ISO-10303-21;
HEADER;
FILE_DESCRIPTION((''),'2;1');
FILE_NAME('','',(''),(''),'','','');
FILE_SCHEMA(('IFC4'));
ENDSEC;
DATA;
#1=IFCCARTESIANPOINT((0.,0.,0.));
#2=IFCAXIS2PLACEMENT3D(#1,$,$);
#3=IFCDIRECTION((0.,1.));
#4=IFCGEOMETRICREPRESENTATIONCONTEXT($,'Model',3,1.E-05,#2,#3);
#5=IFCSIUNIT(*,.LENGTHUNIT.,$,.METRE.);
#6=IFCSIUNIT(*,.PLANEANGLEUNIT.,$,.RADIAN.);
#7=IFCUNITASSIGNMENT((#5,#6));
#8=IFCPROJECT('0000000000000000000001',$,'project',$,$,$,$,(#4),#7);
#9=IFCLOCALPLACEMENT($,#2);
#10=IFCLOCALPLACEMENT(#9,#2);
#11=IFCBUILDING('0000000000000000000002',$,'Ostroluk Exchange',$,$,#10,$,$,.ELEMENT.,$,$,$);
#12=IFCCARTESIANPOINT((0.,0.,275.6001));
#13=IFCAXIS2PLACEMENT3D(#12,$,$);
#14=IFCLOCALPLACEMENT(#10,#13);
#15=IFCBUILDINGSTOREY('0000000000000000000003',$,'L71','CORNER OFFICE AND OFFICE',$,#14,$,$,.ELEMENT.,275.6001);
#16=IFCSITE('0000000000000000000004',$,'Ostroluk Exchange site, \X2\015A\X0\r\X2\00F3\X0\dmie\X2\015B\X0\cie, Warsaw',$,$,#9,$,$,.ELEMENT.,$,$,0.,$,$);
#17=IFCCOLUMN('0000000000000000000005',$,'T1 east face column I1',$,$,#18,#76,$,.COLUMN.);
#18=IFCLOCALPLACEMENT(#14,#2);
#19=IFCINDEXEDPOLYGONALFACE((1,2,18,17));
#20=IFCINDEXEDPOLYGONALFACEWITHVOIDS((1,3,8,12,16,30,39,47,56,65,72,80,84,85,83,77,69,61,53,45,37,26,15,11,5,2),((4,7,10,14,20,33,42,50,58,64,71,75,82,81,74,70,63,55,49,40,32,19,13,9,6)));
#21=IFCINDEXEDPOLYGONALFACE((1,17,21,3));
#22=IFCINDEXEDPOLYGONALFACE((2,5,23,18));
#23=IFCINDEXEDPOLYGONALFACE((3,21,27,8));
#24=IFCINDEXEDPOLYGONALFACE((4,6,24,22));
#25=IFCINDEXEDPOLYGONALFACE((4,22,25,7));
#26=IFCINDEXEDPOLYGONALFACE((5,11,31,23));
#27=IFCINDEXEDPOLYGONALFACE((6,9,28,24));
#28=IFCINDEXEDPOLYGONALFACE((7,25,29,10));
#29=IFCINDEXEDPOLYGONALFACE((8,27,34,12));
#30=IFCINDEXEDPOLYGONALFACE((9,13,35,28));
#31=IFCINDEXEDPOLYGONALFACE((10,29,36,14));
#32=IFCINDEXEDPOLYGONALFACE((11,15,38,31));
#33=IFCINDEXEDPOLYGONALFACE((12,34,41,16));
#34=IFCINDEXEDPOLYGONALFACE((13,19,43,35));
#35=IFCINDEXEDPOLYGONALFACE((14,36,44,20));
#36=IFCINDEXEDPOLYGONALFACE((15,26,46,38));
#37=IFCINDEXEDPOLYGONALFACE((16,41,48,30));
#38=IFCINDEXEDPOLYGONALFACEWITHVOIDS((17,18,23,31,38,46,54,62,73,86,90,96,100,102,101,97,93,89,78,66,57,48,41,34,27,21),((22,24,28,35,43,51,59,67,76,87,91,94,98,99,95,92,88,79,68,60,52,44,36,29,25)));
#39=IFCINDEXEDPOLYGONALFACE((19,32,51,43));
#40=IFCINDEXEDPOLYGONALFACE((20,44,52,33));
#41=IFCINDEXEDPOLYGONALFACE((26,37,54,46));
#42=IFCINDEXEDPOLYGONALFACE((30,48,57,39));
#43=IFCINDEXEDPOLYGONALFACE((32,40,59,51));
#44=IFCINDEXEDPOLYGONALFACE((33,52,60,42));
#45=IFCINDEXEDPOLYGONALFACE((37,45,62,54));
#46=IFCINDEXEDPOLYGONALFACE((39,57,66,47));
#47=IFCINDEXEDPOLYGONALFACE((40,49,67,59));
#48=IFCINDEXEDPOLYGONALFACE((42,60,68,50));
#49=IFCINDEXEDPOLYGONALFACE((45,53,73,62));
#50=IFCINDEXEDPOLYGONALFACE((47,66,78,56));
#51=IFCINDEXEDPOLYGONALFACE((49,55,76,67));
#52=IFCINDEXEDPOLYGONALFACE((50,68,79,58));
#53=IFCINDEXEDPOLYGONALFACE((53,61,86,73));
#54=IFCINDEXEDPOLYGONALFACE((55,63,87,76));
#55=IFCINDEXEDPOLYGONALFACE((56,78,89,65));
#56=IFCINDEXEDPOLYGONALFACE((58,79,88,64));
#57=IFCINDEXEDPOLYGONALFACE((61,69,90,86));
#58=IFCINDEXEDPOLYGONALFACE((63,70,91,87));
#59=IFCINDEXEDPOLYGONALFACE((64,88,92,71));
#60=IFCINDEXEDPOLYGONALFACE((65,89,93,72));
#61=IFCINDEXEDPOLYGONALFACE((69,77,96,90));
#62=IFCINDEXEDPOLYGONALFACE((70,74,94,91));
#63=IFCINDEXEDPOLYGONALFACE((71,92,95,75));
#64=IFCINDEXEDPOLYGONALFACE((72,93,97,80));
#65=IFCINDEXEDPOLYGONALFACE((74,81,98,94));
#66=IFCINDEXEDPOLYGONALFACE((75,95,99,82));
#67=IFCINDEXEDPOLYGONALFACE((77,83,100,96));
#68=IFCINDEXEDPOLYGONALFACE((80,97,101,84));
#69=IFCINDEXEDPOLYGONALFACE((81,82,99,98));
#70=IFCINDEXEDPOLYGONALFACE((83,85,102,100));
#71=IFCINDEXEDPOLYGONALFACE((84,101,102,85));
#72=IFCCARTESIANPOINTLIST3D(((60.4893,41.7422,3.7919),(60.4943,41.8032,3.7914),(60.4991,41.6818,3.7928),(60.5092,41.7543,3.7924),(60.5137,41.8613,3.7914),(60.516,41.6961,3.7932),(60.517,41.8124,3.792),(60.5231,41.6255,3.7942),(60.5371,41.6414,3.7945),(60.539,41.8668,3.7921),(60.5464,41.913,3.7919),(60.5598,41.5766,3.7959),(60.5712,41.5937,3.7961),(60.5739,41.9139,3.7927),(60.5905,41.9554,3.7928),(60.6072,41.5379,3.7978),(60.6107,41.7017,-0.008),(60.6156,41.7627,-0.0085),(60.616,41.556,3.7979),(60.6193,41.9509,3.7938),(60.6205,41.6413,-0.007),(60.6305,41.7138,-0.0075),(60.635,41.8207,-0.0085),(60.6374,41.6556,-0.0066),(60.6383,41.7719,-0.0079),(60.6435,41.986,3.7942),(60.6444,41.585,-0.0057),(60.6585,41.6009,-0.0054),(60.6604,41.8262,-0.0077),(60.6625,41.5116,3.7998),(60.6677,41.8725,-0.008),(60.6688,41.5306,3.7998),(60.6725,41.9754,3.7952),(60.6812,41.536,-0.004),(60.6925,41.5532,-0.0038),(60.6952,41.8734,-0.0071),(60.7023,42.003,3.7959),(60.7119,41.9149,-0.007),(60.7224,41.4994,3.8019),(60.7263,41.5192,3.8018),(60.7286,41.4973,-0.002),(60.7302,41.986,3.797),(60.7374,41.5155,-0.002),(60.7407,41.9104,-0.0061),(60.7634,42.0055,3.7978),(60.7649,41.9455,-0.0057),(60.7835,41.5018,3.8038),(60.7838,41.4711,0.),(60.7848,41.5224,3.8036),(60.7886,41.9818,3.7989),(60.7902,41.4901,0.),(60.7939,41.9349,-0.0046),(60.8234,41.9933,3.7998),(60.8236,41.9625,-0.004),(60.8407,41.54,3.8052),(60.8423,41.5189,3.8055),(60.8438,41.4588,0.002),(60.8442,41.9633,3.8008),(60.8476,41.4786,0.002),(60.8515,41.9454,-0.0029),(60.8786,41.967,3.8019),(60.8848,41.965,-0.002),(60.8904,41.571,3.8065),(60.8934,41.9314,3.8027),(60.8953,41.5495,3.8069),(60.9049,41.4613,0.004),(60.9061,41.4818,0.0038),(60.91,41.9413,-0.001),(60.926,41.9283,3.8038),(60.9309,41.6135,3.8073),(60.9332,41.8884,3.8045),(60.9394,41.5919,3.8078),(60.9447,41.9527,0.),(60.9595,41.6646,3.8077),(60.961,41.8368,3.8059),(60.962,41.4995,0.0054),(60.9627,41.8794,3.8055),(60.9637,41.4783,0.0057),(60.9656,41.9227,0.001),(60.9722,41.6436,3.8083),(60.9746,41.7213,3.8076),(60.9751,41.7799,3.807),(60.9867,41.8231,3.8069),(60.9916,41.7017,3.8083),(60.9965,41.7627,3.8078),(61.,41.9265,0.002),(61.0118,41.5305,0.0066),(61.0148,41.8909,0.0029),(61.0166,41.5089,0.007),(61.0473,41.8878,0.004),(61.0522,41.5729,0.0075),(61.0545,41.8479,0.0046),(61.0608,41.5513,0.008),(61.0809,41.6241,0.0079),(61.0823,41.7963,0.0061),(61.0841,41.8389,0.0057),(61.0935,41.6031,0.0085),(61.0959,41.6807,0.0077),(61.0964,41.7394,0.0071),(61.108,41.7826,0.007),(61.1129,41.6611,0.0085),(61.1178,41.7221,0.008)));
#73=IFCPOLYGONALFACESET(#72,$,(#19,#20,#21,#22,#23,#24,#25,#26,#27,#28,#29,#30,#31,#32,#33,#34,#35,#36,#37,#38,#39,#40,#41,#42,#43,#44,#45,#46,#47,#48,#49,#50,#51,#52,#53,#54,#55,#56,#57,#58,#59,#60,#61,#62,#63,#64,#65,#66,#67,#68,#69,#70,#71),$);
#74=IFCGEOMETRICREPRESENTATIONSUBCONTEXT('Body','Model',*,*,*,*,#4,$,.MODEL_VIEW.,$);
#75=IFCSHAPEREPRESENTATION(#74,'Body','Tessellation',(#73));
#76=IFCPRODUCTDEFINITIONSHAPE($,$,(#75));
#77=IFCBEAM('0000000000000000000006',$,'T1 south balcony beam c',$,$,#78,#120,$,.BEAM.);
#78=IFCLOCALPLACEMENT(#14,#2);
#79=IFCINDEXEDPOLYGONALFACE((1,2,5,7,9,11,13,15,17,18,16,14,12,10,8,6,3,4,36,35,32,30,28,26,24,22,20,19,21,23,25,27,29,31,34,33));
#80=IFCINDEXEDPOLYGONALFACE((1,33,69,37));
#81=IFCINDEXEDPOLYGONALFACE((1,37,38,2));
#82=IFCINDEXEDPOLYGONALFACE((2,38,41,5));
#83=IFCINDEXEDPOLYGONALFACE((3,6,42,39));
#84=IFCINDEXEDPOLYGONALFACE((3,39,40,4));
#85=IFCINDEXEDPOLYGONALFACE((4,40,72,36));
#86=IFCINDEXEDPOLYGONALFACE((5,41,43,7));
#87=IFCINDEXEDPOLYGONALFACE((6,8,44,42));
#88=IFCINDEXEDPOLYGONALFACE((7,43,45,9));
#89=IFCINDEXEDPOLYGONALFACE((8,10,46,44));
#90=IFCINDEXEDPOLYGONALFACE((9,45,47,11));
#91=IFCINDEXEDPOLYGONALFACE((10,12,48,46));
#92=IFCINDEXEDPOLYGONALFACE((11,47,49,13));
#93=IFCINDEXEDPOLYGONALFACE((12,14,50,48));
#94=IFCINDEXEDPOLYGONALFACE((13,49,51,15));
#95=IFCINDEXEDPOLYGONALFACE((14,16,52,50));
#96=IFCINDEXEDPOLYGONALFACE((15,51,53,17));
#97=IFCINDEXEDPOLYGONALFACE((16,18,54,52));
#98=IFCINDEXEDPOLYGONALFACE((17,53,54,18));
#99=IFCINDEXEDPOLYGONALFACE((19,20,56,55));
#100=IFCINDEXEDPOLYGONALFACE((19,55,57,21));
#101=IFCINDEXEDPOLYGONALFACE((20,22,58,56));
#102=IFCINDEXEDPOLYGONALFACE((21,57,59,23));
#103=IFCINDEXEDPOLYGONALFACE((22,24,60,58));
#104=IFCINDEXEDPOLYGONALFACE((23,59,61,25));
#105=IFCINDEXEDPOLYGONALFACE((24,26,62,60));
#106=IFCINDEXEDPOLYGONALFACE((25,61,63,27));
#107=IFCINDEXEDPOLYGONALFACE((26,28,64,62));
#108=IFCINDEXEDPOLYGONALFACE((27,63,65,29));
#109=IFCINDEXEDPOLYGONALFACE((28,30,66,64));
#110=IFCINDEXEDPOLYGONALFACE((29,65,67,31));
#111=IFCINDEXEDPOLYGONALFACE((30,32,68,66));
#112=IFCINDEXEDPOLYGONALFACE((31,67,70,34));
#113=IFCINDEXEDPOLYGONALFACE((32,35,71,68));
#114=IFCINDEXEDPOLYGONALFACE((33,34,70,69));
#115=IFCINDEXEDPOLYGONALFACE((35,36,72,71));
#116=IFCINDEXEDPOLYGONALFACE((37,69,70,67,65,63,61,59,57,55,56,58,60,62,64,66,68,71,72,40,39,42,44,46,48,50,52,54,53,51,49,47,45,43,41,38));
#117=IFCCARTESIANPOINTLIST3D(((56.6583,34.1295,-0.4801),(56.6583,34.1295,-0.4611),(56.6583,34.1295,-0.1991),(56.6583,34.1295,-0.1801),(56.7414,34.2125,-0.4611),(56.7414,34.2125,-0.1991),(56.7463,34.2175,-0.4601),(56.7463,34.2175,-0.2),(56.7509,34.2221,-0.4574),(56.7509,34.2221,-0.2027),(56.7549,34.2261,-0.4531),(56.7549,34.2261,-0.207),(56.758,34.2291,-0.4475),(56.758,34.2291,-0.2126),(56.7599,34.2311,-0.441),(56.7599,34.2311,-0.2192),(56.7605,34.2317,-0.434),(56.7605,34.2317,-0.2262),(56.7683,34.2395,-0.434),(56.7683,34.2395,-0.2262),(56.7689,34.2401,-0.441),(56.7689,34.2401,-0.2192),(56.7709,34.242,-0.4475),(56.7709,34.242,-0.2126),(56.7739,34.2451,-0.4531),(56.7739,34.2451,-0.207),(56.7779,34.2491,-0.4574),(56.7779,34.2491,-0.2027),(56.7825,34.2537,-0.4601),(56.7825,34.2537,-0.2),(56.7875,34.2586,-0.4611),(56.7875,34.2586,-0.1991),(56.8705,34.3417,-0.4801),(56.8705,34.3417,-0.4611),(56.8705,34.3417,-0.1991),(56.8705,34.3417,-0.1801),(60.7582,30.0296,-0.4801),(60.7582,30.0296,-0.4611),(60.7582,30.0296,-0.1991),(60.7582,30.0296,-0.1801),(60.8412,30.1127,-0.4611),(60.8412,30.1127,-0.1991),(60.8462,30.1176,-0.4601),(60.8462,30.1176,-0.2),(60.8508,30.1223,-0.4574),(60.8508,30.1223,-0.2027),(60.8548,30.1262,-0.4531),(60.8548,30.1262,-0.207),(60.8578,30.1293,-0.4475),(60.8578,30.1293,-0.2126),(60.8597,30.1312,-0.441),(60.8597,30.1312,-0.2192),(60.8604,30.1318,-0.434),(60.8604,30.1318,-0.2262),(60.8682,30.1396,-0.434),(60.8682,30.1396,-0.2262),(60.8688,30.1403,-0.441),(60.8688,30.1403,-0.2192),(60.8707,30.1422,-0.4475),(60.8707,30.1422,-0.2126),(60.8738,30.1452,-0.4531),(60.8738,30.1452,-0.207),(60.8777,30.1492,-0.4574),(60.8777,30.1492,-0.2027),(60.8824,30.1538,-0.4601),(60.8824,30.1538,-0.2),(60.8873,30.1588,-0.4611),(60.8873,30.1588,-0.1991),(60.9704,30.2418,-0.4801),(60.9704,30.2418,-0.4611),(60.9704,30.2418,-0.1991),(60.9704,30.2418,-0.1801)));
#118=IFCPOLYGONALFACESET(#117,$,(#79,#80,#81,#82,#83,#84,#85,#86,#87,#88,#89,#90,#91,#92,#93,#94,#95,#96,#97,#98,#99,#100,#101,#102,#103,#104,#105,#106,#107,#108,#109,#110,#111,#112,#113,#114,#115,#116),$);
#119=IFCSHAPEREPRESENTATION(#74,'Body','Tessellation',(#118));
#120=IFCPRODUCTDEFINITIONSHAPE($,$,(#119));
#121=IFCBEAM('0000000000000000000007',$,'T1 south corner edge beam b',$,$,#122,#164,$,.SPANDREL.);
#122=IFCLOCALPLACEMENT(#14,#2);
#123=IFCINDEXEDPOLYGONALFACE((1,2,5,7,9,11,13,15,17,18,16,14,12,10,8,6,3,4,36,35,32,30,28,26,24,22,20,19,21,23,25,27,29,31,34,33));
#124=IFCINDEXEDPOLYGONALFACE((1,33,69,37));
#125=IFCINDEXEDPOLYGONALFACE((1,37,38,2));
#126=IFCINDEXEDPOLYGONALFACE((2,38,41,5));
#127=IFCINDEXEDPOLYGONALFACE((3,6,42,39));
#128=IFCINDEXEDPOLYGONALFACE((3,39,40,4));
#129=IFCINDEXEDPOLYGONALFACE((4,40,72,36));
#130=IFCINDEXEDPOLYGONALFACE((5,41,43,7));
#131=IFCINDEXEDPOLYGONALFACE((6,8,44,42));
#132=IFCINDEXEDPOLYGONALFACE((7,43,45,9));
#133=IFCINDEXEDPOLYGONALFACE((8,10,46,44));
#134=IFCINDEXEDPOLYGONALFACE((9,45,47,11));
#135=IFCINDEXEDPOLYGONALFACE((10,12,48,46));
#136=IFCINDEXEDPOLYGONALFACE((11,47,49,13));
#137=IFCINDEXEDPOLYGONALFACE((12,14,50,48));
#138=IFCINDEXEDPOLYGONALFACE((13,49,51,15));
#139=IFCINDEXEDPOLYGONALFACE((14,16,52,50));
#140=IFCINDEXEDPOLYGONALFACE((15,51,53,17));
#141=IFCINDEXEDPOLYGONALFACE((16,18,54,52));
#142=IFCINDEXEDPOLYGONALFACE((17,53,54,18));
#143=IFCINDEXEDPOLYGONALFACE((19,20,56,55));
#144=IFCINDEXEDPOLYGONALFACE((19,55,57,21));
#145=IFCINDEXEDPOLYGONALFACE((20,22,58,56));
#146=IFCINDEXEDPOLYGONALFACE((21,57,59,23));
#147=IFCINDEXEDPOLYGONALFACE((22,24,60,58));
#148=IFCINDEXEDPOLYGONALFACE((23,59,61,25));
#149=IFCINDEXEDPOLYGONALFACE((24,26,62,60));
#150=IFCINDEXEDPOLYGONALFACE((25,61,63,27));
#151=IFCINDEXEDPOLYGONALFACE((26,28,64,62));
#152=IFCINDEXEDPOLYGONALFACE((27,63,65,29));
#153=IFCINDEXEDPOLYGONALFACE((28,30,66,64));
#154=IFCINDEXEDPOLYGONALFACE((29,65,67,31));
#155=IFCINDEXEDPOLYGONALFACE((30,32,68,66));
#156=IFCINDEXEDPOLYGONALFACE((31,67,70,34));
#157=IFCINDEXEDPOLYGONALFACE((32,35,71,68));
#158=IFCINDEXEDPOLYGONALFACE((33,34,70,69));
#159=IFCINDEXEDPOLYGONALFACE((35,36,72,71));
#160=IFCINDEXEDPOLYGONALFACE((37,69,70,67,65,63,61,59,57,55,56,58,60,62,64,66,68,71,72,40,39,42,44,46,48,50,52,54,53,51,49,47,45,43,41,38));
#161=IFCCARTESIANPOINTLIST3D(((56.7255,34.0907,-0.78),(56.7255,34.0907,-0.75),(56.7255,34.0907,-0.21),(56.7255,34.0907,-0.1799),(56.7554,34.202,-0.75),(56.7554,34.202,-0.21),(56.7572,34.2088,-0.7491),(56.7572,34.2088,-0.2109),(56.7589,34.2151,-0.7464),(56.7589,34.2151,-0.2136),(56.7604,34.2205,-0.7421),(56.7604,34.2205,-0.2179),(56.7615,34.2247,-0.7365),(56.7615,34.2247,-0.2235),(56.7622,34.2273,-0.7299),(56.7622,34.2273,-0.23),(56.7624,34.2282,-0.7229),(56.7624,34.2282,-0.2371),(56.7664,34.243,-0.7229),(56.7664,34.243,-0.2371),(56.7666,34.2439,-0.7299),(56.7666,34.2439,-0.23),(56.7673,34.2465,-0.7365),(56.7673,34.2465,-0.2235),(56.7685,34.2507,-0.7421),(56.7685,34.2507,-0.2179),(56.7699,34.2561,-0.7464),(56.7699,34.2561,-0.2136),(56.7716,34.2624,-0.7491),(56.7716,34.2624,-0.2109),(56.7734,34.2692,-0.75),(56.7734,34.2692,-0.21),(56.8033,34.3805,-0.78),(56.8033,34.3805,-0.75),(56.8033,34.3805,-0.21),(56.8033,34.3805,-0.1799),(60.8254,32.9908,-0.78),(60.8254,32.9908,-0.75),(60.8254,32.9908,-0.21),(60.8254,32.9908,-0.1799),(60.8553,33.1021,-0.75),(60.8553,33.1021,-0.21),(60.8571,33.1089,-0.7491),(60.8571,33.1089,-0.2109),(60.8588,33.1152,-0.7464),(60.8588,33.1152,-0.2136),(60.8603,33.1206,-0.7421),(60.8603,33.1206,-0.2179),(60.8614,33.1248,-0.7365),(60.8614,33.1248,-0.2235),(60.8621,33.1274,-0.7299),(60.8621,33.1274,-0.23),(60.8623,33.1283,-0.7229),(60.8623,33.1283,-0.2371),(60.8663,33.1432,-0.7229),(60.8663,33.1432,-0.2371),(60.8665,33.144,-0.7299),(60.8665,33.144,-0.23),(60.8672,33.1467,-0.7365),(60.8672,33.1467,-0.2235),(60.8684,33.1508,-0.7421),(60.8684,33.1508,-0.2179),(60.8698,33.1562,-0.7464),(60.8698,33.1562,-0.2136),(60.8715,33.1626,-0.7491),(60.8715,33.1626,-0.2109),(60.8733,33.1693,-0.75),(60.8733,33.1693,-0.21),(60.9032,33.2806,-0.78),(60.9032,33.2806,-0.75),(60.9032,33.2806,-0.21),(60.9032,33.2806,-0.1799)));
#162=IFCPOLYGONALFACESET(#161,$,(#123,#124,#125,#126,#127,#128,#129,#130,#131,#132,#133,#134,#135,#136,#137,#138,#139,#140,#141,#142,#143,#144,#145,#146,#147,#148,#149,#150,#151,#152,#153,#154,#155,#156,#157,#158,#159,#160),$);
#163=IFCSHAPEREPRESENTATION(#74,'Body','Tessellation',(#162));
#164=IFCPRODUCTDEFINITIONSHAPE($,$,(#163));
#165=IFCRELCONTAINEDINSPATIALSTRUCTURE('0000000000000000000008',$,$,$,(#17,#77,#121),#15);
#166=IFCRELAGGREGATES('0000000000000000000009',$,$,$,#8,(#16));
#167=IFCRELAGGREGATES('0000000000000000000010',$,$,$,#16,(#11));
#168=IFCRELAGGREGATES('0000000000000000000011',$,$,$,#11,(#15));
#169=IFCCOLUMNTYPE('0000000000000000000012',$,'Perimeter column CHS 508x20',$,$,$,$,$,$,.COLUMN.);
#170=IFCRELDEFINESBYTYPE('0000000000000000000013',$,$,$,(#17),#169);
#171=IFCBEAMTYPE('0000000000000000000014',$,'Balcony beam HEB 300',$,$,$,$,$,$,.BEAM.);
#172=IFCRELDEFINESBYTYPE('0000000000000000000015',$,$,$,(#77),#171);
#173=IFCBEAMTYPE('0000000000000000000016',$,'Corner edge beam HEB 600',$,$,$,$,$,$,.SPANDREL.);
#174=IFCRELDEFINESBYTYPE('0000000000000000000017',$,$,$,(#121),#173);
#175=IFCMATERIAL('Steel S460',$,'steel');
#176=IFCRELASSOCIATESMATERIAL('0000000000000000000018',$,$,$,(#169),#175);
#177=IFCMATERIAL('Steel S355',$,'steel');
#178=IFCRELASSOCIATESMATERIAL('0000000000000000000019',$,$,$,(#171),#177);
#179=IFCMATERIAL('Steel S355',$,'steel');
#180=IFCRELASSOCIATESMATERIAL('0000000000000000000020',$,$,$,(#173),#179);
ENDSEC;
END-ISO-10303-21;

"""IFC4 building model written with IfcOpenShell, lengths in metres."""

from ifc_helpers import new_model, si_unit, direction, frame, origin, origin_2d, place, context, subcontext, project, spatial, hollow_circle, i_section, extrude, material, material_profile, profile_set, type_object, element, save


model = new_model("IFC4")

# Units and contexts
model_context = context("Model", 3, precision=1e-05, world=origin(), true_north=direction((0.0, 1.0)))
body_context = subcontext(model_context, "Body", "Model", "MODEL_VIEW")
ifc_project = project(units=[si_unit("LENGTHUNIT", "METRE"), si_unit("PLANEANGLEUNIT", "RADIAN")], contexts=[model_context])

# Site, building, storey
site_placement = place(None, origin())
site = spatial("IfcSite", under=ifc_project, at=site_placement, Name="Ostroluk Exchange site, Śródmieście, Warsaw", CompositionType="ELEMENT", RefElevation=0.0)
building_placement = place(site_placement, origin())
building = spatial("IfcBuilding", under=site, at=building_placement, Name="Ostroluk Exchange", CompositionType="ELEMENT")
storey_placement = place(building_placement, frame((0.0, 0.0, 275.6001)))
storey = spatial("IfcBuildingStorey", under=building, at=storey_placement, Name="L71", Description="CORNER OFFICE AND OFFICE", CompositionType="ELEMENT", Elevation=275.6001)

# Column
ifc_material_1 = material(Name="Steel S460", Category="steel")
ifc_material_profile_1 = material_profile(ifc_material_1, hollow_circle(Radius=0.2539, WallThickness=0.02, at=origin_2d()), Name="CHS 508x20")
ifc_profile_set_1 = profile_set([ifc_material_profile_1], Name="Steel S460")
column_type = type_object("IfcColumnType", Name="Perimeter column CHS 508x20", PredefinedType="COLUMN", material=ifc_profile_set_1)
column_placement = place(storey_placement, frame((60.8643, 41.7119, 0.0), z_axis=(-0.031915, 0.01066, 0.999434), x_axis=(-0.3168, -0.948492, 0.0)))
element("IfcColumn", 1, at=column_placement, inside=storey, type_object=column_type, Name="T1 east face column I1", PredefinedType="COLUMN", context=body_context, shape_type="SweptSolid", body=[
    extrude(hollow_circle(Radius=0.2539, WallThickness=0.02, at=origin_2d()), origin(), (0.0, 0.0, 1.0), 3.802),
])

# Beams
ifc_material_2 = material(Name="Steel S355", Category="steel")
ifc_material_profile_2 = material_profile(ifc_material_2, i_section(OverallWidth=0.3, OverallDepth=0.3, WebThickness=0.011, FlangeThickness=0.019, FilletRadius=0.0271, at=origin_2d()), Name="HEB 300")
ifc_profile_set_2 = profile_set([ifc_material_profile_2], Name="Steel S355")
beam_type_1 = type_object("IfcBeamType", Name="Balcony beam HEB 300", PredefinedType="BEAM", material=ifc_profile_set_2)
beam_1_placement = place(storey_placement, frame((56.7644, 34.2356, -0.3301), z_axis=(0.707107, -0.707107, 0.0), x_axis=(0.707107, 0.707107, 0.0)))
element("IfcBeam", 2, at=beam_1_placement, inside=storey, type_object=beam_type_1, Name="T1 south balcony beam c", PredefinedType="BEAM", context=body_context, shape_type="SweptSolid", body=[
    extrude(i_section(OverallWidth=0.3, OverallDepth=0.3, WebThickness=0.011, FlangeThickness=0.019, FilletRadius=0.0271, at=origin_2d()), origin(), (0.0, 0.0, 1.0), 5.7981),
])
ifc_material_3 = material(Name="Steel S355", Category="steel")
ifc_material_profile_3 = material_profile(ifc_material_3, i_section(OverallWidth=0.3, OverallDepth=0.6001, WebThickness=0.0154, FlangeThickness=0.03, FilletRadius=0.0271, at=origin_2d()), Name="HEB 600")
ifc_profile_set_3 = profile_set([ifc_material_profile_3], Name="Steel S355")
beam_type_2 = type_object("IfcBeamType", Name="Corner edge beam HEB 600", PredefinedType="SPANDREL", material=ifc_profile_set_3)
beam_2_placement = place(storey_placement, frame((56.7644, 34.2356, -0.48), z_axis=(0.965849, -0.259105, 0.0), x_axis=(0.259105, 0.965849, 0.0)))
element("IfcBeam", 3, at=beam_2_placement, inside=storey, type_object=beam_type_2, Name="T1 south corner edge beam b", PredefinedType="SPANDREL", context=body_context, shape_type="SweptSolid", body=[
    extrude(i_section(OverallWidth=0.3, OverallDepth=0.6001, WebThickness=0.0154, FlangeThickness=0.03, FilletRadius=0.0271, at=origin_2d()), origin(), (0.0, 0.0, 1.0), 4.2449),
])

save(model, "model.ifc")
